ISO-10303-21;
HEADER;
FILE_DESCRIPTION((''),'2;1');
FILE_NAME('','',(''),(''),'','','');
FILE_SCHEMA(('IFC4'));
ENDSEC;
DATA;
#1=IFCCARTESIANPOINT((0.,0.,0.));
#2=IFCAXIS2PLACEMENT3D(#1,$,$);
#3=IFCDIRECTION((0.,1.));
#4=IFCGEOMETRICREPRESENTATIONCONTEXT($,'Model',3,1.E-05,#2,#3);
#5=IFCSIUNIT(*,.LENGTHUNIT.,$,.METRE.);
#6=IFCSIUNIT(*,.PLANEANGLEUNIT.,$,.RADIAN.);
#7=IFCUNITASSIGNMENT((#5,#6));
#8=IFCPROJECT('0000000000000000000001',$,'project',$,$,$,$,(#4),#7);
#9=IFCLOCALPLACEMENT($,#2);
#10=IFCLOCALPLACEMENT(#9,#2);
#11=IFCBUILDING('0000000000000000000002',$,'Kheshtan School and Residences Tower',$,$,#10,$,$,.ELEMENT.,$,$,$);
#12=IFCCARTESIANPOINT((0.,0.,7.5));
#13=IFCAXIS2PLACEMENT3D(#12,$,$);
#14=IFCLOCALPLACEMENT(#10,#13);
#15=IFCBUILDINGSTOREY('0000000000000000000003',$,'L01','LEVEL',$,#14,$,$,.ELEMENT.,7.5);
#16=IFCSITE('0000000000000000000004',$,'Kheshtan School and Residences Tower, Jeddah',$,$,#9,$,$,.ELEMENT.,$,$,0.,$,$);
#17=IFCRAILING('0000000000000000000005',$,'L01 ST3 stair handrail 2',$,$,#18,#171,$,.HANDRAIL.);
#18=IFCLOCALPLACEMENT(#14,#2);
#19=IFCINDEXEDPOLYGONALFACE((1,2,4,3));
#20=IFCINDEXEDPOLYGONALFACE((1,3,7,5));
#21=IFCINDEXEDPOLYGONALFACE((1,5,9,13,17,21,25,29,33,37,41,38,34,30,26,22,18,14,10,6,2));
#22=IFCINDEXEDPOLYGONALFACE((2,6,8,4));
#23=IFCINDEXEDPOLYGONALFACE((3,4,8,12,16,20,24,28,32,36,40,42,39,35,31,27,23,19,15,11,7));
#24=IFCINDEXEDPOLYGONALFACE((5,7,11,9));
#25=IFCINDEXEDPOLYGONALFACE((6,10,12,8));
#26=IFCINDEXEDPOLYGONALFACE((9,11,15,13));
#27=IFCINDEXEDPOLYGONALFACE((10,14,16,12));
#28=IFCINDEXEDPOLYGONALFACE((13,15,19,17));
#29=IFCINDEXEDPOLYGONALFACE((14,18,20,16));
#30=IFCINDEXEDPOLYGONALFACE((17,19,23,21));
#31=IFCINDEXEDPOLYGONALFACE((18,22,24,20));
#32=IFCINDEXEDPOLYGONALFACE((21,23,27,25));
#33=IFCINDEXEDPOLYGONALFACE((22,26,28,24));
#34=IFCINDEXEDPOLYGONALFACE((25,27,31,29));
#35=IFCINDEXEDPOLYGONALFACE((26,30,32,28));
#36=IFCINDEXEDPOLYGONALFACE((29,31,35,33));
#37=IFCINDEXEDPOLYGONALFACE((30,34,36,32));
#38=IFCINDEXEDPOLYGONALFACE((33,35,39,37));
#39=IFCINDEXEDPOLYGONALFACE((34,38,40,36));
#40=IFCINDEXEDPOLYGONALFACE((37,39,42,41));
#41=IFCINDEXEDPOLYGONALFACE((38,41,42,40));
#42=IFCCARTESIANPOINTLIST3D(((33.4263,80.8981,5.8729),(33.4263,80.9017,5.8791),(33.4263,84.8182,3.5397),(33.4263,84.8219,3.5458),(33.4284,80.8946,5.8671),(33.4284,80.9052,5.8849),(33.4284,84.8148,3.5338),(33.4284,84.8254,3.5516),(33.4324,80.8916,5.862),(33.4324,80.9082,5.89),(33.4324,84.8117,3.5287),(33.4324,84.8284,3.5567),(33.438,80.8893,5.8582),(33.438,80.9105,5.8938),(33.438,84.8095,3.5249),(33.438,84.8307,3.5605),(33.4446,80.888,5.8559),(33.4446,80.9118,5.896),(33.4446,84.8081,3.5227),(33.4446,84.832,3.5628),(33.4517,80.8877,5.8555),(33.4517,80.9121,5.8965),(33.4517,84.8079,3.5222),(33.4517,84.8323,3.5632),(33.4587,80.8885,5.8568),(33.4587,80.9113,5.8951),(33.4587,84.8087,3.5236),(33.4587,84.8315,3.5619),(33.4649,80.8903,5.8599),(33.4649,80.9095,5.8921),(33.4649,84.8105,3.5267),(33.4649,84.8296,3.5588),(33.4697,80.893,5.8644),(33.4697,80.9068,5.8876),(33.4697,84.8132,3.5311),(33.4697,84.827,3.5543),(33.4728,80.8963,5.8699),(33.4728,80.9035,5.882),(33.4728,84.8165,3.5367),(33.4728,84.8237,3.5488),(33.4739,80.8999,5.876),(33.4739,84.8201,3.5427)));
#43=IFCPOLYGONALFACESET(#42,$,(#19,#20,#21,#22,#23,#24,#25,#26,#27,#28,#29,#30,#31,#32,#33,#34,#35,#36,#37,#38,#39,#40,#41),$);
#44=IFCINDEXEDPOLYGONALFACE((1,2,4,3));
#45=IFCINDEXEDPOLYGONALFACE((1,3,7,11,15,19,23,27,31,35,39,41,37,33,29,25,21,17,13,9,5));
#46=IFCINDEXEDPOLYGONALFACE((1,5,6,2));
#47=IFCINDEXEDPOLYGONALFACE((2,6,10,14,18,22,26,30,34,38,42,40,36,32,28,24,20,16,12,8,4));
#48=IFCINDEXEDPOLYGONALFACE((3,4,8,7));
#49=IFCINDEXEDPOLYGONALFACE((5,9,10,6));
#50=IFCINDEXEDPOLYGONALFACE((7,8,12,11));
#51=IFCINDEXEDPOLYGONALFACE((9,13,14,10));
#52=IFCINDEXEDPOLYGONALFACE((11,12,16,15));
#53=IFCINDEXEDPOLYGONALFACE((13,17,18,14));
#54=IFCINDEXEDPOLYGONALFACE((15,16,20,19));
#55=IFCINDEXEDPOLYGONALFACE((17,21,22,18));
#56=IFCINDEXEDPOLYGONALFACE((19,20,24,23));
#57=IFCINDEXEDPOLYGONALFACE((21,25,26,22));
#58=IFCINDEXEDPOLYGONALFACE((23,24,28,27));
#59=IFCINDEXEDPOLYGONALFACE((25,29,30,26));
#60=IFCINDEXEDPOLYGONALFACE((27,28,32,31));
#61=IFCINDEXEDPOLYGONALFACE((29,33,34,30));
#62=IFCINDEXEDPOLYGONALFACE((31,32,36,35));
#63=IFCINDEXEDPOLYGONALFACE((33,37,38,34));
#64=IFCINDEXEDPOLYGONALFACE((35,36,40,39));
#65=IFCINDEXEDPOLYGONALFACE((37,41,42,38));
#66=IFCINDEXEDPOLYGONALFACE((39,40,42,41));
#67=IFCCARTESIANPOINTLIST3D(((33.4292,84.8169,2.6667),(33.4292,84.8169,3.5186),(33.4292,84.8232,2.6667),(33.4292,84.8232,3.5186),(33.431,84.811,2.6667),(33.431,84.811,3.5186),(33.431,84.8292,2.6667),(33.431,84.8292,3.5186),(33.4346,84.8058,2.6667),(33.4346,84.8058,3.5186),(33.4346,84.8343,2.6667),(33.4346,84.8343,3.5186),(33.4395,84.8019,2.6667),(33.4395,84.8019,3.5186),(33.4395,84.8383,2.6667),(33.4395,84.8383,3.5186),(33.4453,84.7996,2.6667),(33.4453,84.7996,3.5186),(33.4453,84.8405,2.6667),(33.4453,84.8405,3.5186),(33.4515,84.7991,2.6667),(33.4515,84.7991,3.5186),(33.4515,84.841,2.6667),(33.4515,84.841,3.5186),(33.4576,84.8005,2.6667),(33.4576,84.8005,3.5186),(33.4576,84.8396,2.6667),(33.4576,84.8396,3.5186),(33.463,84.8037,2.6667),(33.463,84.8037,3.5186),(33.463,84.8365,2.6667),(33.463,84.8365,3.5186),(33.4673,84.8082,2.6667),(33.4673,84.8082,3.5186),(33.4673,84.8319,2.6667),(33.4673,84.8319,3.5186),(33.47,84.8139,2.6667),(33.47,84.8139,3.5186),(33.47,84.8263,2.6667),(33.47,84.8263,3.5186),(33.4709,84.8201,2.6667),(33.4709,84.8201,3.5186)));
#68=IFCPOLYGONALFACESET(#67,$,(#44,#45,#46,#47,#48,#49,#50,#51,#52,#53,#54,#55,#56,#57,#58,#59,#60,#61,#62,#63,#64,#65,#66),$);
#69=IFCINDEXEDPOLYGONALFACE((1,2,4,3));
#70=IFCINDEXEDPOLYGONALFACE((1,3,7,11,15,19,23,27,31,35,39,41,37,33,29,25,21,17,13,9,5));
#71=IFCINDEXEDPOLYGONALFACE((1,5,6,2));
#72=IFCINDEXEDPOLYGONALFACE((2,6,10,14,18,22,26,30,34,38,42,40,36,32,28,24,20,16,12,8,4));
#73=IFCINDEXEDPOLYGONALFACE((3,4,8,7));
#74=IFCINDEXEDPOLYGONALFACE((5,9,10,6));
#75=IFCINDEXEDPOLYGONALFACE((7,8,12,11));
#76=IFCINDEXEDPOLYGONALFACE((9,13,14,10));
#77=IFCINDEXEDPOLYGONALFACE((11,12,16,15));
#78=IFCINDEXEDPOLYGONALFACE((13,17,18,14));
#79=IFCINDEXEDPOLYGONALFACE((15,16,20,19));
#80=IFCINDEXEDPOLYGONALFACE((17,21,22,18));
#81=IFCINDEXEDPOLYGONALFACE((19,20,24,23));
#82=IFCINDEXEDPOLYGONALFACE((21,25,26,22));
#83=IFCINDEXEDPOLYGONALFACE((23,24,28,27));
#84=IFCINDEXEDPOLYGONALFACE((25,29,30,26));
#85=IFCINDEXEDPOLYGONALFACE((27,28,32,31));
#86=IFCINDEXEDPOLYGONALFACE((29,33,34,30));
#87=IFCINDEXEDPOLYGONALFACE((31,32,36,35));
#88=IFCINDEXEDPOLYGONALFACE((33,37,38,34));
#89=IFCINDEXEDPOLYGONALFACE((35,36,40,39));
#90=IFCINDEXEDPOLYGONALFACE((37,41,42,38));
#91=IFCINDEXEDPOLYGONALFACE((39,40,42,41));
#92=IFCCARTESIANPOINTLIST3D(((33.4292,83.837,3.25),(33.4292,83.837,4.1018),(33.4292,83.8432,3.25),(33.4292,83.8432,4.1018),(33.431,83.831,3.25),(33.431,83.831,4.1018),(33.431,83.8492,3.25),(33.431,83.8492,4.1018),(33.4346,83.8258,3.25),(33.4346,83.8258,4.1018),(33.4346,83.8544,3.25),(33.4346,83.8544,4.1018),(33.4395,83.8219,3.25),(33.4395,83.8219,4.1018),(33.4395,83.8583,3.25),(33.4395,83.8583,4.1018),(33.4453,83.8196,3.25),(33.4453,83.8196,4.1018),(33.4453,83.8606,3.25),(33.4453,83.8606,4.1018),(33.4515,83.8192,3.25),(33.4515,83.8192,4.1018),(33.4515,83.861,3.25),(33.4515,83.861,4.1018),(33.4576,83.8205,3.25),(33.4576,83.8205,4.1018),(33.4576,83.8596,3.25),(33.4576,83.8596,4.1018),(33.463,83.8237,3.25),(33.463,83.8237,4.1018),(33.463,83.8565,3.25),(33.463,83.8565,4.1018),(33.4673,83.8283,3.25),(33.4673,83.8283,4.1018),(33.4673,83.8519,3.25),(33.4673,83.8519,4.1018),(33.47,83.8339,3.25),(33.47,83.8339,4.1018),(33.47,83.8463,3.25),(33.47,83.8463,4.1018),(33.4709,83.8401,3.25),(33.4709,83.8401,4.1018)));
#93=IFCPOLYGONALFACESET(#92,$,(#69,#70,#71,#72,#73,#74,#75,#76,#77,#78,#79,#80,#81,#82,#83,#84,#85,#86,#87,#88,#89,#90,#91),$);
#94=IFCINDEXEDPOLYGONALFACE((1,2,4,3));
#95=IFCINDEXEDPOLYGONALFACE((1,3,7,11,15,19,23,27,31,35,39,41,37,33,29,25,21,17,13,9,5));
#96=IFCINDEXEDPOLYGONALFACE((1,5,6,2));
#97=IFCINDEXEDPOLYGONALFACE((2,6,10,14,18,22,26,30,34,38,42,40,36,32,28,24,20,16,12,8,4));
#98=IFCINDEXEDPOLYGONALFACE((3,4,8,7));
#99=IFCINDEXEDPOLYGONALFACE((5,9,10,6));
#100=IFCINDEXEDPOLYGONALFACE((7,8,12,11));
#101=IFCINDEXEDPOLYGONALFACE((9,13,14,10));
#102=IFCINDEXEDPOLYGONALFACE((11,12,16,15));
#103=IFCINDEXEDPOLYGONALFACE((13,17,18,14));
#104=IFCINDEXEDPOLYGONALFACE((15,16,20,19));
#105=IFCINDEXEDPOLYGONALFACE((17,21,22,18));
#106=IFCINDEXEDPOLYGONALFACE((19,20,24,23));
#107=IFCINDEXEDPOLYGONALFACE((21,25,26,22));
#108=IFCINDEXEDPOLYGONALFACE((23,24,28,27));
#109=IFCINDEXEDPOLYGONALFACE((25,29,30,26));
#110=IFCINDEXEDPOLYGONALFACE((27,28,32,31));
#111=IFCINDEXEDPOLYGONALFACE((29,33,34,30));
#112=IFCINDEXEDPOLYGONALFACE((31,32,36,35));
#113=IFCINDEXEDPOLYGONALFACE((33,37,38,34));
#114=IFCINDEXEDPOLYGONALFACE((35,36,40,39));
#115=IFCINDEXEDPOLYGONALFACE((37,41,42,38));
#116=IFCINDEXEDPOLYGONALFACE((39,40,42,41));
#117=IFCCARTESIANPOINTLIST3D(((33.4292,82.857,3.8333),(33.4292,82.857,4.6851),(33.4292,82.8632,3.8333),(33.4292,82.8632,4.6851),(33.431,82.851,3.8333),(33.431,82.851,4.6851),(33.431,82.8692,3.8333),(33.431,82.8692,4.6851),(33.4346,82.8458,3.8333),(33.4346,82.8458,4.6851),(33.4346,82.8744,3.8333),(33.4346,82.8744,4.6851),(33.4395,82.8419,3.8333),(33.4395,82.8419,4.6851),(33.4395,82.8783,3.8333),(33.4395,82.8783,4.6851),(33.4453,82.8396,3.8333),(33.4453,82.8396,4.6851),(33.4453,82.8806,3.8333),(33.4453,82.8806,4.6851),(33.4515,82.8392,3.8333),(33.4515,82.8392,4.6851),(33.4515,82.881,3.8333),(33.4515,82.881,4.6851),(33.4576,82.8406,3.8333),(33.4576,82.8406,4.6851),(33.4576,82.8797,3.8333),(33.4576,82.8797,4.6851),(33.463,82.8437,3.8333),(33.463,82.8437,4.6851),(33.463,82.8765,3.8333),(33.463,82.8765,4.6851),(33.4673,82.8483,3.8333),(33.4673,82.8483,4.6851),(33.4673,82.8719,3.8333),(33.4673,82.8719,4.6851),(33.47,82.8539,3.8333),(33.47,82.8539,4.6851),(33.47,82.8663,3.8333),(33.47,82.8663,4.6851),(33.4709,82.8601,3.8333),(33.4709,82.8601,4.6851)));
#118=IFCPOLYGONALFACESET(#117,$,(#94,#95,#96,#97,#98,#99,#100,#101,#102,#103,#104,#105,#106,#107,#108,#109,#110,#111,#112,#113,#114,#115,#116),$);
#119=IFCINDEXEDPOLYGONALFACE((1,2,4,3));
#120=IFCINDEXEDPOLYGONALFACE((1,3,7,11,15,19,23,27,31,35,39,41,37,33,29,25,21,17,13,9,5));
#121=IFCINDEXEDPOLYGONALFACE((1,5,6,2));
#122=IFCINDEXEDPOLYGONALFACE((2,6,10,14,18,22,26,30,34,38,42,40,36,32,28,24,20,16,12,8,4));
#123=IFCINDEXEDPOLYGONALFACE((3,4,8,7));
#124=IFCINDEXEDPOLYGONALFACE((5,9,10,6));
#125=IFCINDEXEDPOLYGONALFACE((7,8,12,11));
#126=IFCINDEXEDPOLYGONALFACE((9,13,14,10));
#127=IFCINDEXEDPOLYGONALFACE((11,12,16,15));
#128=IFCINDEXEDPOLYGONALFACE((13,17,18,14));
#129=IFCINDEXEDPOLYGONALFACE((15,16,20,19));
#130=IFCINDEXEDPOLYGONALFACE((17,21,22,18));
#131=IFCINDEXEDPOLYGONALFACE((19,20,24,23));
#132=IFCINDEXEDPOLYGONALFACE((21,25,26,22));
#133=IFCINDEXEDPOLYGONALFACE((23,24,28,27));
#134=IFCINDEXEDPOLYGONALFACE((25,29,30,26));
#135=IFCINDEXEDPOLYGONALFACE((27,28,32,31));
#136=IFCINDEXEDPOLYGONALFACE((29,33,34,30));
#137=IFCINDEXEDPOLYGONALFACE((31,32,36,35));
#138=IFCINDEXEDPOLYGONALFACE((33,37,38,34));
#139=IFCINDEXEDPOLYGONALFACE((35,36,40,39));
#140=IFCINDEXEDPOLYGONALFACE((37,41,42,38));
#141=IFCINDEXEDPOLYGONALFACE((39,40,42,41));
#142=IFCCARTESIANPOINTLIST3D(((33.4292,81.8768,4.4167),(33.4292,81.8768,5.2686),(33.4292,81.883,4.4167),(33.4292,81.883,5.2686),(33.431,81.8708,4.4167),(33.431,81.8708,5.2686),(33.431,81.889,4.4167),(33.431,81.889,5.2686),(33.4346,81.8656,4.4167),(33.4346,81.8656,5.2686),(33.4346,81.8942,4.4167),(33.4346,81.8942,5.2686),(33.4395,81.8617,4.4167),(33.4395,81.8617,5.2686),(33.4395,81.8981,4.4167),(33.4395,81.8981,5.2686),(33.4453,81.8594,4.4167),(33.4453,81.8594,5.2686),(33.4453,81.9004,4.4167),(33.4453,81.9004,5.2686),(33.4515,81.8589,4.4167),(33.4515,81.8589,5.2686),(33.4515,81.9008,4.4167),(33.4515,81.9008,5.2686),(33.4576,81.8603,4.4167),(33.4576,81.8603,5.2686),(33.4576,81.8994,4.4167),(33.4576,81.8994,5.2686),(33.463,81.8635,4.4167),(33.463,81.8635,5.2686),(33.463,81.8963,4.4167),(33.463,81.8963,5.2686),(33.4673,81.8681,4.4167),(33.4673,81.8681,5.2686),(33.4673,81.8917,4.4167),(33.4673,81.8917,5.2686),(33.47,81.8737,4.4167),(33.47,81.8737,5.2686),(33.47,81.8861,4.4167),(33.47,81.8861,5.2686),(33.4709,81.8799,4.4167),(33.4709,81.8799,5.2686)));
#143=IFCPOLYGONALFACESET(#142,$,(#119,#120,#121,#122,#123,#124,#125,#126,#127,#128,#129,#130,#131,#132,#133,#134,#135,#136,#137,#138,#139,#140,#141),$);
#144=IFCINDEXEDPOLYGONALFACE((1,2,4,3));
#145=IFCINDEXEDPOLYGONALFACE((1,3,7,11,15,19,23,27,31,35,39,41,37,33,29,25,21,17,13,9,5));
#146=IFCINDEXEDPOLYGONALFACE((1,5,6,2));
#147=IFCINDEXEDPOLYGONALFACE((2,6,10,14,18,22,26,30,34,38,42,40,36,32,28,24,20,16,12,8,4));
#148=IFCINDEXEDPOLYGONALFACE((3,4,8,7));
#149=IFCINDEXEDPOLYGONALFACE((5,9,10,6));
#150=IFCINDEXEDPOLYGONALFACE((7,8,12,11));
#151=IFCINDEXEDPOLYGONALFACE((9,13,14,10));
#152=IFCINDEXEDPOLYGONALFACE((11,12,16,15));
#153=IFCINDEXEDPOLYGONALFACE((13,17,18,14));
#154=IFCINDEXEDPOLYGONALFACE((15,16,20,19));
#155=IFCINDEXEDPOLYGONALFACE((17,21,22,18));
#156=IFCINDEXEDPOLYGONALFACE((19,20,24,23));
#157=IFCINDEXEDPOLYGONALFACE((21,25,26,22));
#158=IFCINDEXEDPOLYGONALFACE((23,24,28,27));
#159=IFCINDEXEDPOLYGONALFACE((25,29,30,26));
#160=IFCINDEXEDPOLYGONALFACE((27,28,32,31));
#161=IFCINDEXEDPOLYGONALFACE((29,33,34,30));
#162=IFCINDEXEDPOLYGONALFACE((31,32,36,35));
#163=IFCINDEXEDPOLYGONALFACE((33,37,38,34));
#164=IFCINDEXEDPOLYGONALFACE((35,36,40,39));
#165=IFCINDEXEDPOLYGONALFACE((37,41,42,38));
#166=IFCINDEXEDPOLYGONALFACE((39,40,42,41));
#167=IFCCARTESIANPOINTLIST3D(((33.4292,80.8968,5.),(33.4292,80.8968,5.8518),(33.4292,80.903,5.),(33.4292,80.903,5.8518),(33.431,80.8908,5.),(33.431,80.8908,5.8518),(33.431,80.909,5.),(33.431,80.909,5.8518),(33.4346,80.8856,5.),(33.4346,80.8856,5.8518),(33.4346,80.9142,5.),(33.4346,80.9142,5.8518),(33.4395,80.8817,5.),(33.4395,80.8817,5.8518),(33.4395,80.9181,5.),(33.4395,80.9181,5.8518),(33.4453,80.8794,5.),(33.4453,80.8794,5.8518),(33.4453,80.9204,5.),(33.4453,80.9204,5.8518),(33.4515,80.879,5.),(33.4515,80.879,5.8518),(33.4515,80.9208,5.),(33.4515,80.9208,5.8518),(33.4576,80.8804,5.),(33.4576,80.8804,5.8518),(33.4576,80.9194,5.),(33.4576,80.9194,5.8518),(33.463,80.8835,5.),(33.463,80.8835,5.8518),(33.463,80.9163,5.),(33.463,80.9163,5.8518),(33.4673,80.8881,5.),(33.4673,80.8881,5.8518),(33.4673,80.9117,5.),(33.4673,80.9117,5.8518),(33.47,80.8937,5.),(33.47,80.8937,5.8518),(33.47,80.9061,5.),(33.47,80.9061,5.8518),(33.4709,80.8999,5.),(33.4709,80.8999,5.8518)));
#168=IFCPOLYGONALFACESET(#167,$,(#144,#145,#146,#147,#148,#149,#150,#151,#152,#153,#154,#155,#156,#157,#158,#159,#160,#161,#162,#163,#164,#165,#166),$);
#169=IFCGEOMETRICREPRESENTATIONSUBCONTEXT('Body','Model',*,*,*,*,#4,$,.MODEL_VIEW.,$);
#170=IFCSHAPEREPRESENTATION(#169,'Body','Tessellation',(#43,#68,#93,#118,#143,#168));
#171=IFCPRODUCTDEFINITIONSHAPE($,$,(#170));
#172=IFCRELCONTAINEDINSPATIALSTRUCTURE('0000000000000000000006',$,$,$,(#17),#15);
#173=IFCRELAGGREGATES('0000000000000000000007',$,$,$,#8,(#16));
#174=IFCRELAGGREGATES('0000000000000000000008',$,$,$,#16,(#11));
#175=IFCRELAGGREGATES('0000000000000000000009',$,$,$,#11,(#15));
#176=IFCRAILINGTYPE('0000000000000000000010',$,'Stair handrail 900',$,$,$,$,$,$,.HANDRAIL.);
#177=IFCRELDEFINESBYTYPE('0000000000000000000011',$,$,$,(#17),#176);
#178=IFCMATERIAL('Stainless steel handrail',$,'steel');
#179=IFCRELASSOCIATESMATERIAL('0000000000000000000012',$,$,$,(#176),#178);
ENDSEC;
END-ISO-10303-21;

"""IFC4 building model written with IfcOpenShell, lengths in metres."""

from ifc_helpers import new_model, si_unit, direction, frame, origin, origin_2d, place, context, subcontext, project, spatial, circle, extrude, material, type_object, element, save


model = new_model("IFC4")

# Units and contexts
model_context = context("Model", 3, precision=1e-05, world=origin(), true_north=direction((0.0, 1.0)))
body_context = subcontext(model_context, "Body", "Model", "MODEL_VIEW")
ifc_project = project(units=[si_unit("LENGTHUNIT", "METRE"), si_unit("PLANEANGLEUNIT", "RADIAN")], contexts=[model_context])

# Site, building, storey
site_placement = place(None, origin())
site = spatial("IfcSite", under=ifc_project, at=site_placement, Name="Kheshtan School and Residences Tower, Jeddah", CompositionType="ELEMENT", RefElevation=0.0)
building_placement = place(site_placement, origin())
building = spatial("IfcBuilding", under=site, at=building_placement, Name="Kheshtan School and Residences Tower", CompositionType="ELEMENT")
storey_placement = place(building_placement, frame((0.0, 0.0, 7.5)))
storey = spatial("IfcBuildingStorey", under=building, at=storey_placement, Name="L01", Description="LEVEL", CompositionType="ELEMENT", Elevation=7.5)

# Railing
ifc_material_1 = material(Name="Stainless steel handrail", Category="steel")
railing_type = type_object("IfcRailingType", Name="Stair handrail 900", PredefinedType="HANDRAIL", material=ifc_material_1)
railing_placement = place(storey_placement, frame((33.45, 84.8201, 2.6667)))
element("IfcRailing", 1, at=railing_placement, inside=storey, type_object=railing_type, Name="L01 ST3 stair handrail 2", PredefinedType="HANDRAIL", context=body_context, shape_type="SweptSolid", body=[
    extrude(circle(Radius=0.0239, at=origin_2d()), frame((0.0, 0.0, 0.876), z_axis=(0.0, -0.85931, 0.511455), x_axis=(1.0, 0.0, 0.0)), (0.0, 0.0, 1.0), 4.562),
    extrude(circle(Radius=0.021, at=origin_2d()), origin(), (0.0, 0.0, 1.0), 0.8518),
    extrude(circle(Radius=0.021, at=origin_2d()), frame((0.0, -0.98, 0.5833)), (0.0, 0.0, 1.0), 0.8518),
    extrude(circle(Radius=0.021, at=origin_2d()), frame((0.0, -1.96, 1.1665)), (0.0, 0.0, 1.0), 0.8518),
    extrude(circle(Radius=0.021, at=origin_2d()), frame((0.0, -2.9402, 1.75)), (0.0, 0.0, 1.0), 0.8518),
    extrude(circle(Radius=0.021, at=origin_2d()), frame((0.0, -3.9202, 2.3333)), (0.0, 0.0, 1.0), 0.8518),
])

save(model, "model.ifc")
